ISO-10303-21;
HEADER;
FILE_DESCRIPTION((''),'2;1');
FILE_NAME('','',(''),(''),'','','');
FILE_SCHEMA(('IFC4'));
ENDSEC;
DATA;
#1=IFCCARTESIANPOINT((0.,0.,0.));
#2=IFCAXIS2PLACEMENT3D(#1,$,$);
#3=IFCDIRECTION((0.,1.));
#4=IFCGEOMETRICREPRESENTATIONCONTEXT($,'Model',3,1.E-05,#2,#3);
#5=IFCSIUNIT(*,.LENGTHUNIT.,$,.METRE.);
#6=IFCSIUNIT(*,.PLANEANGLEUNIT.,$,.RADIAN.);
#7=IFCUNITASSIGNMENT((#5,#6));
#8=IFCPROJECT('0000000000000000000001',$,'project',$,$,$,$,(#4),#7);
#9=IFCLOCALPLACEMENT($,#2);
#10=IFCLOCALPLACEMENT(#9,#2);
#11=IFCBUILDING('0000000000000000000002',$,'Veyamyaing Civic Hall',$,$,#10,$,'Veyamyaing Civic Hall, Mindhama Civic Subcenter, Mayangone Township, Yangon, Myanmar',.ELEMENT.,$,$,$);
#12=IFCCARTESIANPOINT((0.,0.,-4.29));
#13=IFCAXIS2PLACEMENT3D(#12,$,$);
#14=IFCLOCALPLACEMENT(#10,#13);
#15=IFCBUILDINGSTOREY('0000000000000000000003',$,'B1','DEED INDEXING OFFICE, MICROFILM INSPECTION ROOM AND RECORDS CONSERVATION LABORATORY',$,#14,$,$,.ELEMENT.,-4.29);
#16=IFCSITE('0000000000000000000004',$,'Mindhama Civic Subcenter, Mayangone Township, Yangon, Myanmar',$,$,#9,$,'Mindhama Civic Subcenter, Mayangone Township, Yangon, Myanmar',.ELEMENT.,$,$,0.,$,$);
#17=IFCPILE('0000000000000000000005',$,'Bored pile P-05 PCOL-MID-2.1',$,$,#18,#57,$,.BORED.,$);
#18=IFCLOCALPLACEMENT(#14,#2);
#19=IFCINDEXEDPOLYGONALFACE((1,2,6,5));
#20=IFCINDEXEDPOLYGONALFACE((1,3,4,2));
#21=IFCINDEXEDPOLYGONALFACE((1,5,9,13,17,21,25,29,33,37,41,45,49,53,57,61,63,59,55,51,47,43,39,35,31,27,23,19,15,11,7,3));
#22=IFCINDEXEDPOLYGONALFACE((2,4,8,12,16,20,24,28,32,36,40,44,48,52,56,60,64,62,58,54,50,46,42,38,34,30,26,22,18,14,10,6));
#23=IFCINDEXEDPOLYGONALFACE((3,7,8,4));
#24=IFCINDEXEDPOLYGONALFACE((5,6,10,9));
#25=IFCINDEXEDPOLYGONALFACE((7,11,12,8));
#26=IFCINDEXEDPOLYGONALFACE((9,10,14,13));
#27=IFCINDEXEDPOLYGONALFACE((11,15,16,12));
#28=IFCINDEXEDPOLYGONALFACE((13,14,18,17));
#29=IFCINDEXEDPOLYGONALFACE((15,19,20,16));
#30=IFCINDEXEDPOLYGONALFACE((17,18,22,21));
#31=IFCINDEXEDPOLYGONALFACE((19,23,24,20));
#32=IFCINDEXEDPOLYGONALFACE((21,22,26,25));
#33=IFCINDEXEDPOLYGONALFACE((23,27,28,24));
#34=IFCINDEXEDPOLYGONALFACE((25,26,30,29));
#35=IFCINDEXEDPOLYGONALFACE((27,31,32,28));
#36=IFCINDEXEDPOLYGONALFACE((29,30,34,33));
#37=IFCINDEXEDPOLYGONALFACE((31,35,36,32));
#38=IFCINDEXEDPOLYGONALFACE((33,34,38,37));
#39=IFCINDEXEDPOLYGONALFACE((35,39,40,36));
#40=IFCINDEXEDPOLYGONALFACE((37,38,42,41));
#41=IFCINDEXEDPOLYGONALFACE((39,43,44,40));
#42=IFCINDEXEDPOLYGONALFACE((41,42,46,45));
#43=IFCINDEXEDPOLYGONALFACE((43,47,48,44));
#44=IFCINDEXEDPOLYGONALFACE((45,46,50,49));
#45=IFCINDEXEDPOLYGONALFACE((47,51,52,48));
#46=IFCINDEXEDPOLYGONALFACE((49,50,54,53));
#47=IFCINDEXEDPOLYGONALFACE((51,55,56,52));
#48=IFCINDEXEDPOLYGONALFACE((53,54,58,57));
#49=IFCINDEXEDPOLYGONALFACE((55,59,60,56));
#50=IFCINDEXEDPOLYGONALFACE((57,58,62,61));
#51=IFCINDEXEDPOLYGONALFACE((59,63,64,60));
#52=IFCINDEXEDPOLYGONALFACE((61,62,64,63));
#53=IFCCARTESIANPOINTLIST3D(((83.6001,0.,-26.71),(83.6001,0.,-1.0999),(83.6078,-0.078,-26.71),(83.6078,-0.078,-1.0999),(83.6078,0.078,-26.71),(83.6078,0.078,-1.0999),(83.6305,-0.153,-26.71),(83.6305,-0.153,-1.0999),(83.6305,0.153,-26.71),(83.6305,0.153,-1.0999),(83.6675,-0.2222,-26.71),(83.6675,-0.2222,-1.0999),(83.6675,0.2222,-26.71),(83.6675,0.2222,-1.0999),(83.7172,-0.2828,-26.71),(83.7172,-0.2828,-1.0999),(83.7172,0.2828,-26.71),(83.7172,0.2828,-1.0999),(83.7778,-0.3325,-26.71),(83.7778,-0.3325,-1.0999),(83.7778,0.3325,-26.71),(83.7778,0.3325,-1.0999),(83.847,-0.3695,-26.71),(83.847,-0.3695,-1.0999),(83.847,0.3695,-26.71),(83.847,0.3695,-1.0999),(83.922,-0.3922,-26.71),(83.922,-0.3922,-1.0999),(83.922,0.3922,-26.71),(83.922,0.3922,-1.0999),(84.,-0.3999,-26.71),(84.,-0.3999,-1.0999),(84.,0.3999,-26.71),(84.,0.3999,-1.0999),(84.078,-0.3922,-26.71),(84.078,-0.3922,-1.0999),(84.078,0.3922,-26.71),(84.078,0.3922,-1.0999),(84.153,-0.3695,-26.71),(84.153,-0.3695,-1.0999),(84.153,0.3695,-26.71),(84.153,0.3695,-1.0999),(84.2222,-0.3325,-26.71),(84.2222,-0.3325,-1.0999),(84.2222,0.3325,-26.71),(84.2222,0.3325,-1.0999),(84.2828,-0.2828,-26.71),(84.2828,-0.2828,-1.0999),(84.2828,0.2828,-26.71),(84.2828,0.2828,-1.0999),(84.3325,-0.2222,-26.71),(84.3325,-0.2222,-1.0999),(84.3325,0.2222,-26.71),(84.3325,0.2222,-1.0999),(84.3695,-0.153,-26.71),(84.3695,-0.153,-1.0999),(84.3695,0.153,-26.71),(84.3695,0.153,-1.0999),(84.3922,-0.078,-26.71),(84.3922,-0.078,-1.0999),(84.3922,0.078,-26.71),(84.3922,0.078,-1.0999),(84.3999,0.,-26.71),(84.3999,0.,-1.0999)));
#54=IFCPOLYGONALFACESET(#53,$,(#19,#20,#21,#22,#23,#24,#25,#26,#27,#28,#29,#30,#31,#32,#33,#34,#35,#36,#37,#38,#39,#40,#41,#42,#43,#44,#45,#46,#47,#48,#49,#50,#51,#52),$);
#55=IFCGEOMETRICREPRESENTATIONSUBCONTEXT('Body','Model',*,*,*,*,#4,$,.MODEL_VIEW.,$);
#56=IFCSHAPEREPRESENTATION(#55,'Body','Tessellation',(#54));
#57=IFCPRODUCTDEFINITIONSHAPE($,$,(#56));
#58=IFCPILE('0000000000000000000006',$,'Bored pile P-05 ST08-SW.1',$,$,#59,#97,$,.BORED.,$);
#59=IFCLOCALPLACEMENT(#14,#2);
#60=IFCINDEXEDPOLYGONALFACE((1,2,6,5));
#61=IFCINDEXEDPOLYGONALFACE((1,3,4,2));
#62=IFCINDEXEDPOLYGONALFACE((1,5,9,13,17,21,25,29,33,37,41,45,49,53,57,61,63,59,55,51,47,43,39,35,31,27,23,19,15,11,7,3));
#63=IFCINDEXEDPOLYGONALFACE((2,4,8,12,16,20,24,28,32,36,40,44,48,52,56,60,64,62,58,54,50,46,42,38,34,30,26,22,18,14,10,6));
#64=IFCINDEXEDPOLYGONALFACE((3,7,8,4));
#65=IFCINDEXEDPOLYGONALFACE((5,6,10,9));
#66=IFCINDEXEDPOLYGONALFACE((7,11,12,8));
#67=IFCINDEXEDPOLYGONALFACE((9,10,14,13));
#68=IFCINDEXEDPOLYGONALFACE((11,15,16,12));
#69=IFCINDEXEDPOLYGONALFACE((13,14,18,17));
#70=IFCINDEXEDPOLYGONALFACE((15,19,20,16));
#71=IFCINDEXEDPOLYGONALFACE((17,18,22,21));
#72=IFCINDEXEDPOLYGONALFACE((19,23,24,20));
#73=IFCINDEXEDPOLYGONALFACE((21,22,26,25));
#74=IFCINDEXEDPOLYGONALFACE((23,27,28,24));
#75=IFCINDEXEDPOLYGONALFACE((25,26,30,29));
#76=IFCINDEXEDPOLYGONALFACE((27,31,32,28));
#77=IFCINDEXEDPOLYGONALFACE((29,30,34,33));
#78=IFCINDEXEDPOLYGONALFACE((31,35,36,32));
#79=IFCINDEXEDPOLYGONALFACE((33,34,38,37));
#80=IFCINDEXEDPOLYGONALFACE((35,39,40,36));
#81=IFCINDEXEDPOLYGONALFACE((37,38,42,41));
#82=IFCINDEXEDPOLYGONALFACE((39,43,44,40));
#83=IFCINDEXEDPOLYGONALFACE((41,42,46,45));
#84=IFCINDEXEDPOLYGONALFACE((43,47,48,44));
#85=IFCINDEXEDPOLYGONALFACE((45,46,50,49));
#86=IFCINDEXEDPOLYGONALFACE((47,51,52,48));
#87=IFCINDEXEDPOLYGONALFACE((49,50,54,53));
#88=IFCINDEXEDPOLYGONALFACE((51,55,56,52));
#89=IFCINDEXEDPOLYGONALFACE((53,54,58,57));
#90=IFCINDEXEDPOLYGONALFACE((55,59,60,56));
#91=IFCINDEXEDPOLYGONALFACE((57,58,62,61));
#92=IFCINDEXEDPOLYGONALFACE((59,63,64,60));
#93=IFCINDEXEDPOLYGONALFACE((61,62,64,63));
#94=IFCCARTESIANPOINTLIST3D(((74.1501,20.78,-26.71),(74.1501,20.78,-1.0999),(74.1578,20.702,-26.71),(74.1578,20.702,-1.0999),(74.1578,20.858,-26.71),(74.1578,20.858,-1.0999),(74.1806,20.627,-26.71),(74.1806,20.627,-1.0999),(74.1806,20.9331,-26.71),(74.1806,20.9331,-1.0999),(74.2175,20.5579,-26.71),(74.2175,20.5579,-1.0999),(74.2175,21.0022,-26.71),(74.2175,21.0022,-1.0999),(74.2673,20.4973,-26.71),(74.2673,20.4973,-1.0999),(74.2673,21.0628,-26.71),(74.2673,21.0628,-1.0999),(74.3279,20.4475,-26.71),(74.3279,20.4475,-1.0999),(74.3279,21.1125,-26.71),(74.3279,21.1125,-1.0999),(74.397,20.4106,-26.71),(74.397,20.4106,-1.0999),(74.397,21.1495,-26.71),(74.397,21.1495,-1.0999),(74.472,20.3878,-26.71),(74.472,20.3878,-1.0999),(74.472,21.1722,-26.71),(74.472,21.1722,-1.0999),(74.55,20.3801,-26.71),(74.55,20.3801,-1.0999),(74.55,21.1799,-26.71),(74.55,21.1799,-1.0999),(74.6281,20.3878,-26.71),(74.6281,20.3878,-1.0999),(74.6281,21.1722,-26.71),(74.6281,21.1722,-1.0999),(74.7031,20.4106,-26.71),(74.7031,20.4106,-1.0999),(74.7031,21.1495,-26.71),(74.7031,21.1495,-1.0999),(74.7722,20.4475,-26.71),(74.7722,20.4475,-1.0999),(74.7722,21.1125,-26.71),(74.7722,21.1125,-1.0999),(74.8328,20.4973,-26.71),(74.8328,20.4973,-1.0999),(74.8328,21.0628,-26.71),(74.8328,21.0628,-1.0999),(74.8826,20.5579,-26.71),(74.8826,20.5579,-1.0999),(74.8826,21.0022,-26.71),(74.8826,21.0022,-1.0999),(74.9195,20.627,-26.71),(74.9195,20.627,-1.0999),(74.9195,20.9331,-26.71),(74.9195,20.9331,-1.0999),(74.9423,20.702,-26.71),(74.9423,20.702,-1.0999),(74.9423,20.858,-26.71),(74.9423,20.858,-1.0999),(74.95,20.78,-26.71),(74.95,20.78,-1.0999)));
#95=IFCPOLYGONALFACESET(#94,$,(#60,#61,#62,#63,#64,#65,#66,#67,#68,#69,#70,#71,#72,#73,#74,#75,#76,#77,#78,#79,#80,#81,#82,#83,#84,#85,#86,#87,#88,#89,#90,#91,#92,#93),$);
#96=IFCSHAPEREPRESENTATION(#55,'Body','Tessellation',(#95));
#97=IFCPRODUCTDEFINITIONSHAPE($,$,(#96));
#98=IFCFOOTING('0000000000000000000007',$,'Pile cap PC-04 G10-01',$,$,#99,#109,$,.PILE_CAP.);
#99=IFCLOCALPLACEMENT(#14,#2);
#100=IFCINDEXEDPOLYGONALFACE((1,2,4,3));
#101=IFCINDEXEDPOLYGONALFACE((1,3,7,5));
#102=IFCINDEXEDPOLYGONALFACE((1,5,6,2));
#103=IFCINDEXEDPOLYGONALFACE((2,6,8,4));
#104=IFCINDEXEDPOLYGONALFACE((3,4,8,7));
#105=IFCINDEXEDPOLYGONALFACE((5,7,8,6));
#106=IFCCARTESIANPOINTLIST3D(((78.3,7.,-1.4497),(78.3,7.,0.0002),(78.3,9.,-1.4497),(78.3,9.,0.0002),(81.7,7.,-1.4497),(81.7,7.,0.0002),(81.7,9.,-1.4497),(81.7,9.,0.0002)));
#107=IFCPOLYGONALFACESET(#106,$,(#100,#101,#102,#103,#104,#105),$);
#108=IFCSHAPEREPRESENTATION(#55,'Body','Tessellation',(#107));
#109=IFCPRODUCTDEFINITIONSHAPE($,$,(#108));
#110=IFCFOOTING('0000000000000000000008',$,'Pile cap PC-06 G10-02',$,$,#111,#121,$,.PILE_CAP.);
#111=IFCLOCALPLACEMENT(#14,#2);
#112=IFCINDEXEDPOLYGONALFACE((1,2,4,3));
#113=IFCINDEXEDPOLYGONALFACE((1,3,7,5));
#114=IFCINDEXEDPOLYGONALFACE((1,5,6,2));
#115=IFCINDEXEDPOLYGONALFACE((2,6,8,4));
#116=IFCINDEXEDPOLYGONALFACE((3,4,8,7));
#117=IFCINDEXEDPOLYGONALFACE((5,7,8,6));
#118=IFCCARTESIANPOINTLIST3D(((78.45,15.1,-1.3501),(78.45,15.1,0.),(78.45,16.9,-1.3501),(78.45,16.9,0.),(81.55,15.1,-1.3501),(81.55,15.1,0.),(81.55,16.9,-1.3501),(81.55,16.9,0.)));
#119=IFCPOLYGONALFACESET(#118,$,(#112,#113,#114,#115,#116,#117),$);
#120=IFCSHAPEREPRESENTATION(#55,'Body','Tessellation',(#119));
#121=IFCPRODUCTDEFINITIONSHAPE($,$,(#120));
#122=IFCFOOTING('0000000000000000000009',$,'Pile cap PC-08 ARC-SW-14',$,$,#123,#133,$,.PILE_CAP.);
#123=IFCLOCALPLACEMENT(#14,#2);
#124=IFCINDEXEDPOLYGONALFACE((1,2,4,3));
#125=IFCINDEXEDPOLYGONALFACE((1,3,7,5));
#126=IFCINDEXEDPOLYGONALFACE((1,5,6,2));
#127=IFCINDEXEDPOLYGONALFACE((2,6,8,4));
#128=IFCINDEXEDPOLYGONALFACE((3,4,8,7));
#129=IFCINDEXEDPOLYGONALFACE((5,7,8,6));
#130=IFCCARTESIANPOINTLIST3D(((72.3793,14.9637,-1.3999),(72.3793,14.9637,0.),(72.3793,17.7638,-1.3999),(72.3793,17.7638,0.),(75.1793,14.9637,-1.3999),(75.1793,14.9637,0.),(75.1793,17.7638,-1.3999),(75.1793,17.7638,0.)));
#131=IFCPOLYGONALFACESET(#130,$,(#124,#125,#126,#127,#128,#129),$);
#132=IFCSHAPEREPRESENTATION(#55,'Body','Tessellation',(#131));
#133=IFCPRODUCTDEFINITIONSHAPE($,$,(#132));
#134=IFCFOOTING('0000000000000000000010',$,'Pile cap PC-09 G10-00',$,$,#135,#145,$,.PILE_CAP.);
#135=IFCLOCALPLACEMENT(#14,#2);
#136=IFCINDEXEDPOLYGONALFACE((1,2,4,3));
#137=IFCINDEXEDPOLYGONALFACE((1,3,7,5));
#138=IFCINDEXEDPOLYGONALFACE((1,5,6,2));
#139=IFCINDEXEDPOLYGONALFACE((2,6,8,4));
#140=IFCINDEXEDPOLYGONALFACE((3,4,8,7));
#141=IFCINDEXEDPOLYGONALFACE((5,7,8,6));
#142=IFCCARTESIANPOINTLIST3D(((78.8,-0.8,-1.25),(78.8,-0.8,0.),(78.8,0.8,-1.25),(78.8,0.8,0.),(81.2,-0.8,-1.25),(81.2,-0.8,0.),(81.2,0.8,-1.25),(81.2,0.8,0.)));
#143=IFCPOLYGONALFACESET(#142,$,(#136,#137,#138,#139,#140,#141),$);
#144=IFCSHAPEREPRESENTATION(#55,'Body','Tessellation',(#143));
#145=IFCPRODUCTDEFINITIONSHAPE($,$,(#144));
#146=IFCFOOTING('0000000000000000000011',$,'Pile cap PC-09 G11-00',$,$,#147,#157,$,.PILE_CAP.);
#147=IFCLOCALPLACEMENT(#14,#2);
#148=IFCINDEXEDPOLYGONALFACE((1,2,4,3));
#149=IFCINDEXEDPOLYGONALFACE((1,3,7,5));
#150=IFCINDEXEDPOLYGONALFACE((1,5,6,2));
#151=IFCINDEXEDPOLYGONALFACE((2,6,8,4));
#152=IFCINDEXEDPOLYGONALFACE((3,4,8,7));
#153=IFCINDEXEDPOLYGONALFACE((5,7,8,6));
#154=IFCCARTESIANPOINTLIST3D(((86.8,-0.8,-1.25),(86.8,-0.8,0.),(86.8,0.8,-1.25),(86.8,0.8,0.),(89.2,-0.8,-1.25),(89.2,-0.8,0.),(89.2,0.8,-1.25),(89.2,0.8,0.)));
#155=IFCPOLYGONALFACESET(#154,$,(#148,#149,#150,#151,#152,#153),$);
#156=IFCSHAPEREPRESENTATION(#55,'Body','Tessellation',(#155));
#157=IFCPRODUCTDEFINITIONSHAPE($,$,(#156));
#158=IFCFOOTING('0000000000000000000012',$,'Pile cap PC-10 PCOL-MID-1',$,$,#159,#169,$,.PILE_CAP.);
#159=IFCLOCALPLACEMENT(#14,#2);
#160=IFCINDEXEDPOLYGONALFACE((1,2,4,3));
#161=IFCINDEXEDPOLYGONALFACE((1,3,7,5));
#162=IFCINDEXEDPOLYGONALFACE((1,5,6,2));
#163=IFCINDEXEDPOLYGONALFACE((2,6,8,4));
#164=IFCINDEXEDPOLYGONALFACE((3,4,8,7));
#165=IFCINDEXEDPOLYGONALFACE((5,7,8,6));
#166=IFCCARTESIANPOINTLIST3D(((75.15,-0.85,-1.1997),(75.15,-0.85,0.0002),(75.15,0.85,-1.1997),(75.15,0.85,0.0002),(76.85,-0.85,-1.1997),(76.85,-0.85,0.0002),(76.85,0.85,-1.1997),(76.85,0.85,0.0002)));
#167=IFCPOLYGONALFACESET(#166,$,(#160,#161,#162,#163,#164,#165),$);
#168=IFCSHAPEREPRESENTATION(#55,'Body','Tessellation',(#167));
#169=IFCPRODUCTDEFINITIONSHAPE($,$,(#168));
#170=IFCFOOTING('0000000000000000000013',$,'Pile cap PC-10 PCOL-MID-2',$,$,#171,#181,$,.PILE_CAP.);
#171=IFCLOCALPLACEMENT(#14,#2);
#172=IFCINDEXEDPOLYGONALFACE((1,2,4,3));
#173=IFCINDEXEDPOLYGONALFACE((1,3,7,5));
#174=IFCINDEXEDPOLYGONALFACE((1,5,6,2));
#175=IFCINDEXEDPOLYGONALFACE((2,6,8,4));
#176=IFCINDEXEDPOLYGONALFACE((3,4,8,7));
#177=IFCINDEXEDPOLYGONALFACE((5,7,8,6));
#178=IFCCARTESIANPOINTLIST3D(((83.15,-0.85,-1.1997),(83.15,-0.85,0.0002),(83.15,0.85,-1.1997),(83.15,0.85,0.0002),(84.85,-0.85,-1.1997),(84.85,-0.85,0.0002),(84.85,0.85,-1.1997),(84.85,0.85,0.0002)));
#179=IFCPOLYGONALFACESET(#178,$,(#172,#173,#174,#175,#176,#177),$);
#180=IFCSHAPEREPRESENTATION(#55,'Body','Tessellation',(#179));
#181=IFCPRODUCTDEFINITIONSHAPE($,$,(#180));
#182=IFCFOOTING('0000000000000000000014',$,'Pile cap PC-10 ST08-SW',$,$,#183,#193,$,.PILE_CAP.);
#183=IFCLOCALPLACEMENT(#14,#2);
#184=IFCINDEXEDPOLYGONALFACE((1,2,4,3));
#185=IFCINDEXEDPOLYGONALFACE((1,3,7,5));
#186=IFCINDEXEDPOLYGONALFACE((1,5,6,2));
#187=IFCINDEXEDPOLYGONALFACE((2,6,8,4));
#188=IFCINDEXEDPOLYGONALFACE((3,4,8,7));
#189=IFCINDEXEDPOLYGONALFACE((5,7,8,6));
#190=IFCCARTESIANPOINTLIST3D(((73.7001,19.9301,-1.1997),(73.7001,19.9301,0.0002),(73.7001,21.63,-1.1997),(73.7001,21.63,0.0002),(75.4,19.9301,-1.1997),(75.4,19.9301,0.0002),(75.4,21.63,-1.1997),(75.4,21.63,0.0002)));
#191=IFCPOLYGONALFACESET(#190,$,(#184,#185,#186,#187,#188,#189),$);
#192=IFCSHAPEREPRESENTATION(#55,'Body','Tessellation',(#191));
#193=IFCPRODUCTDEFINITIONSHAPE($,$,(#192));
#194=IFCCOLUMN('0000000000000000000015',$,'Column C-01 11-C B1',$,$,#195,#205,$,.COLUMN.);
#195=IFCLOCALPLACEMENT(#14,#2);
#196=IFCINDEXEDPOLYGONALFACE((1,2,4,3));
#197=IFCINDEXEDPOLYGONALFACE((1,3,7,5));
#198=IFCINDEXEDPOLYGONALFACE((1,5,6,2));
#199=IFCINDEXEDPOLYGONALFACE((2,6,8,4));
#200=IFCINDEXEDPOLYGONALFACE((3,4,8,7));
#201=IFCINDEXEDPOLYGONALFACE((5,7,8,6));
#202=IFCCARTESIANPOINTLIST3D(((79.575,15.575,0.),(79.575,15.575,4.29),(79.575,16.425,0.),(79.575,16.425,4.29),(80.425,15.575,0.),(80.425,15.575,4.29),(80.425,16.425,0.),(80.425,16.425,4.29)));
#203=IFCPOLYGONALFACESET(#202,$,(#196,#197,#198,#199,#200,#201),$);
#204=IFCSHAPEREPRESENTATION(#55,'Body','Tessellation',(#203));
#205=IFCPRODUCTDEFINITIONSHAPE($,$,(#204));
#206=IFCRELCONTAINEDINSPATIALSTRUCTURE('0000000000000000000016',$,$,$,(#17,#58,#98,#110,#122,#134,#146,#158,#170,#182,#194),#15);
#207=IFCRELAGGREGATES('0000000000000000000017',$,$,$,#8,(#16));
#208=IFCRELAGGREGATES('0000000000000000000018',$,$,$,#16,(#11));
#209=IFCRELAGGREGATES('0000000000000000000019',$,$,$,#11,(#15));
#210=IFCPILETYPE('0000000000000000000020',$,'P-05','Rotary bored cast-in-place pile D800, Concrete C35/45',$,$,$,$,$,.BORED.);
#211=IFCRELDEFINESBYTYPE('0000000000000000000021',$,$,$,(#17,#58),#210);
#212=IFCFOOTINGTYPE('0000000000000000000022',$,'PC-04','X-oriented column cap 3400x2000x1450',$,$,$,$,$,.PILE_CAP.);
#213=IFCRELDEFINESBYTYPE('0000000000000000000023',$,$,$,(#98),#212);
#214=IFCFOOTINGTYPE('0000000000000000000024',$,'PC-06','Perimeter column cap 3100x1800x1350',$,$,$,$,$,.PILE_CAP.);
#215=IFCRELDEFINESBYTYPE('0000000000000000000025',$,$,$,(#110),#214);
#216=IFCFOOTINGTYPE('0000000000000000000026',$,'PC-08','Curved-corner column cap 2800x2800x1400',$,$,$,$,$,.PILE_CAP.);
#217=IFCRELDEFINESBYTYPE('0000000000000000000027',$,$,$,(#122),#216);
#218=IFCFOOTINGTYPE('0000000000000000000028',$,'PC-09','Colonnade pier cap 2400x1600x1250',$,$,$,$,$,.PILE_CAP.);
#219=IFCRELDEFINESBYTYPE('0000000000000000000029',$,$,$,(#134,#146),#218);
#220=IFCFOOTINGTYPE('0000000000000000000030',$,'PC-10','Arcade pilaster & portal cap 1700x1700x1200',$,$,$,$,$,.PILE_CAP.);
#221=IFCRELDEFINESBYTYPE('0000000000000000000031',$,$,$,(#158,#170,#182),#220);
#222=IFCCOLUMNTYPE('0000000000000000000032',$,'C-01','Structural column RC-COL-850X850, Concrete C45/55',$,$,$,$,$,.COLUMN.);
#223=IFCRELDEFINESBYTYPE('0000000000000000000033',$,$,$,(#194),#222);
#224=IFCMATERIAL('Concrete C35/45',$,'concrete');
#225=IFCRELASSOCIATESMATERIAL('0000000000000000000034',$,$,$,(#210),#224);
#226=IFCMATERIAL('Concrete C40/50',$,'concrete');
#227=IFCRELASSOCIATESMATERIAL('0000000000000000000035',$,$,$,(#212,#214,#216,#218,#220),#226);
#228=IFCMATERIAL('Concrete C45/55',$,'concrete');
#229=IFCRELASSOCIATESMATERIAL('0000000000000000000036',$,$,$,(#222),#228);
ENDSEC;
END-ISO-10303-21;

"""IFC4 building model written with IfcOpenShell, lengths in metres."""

from ifc_helpers import new_model, si_unit, direction, frame, origin, origin_2d, place, context, subcontext, project, spatial, rectangle, circle, extrude, material, material_profile, profile_set, type_object, element, save


model = new_model("IFC4")

# Units and contexts
model_context = context("Model", 3, precision=1e-05, world=origin(), true_north=direction((0.0, 1.0)))
body_context = subcontext(model_context, "Body", "Model", "MODEL_VIEW")
ifc_project = project(units=[si_unit("LENGTHUNIT", "METRE"), si_unit("PLANEANGLEUNIT", "RADIAN")], contexts=[model_context])

# Site, building, storey
site_placement = place(None, origin())
site = spatial("IfcSite", under=ifc_project, at=site_placement, Name="Mindhama Civic Subcenter, Mayangone Township, Yangon, Myanmar", LongName="Mindhama Civic Subcenter, Mayangone Township, Yangon, Myanmar", CompositionType="ELEMENT", RefElevation=0.0)
building_placement = place(site_placement, origin())
building = spatial("IfcBuilding", under=site, at=building_placement, Name="Veyamyaing Civic Hall", LongName="Veyamyaing Civic Hall, Mindhama Civic Subcenter, Mayangone Township, Yangon, Myanmar", CompositionType="ELEMENT")
storey_placement = place(building_placement, frame((0.0, 0.0, -4.29)))
storey = spatial("IfcBuildingStorey", under=building, at=storey_placement, Name="B1", Description="DEED INDEXING OFFICE, MICROFILM INSPECTION ROOM AND RECORDS CONSERVATION LABORATORY", CompositionType="ELEMENT", Elevation=-4.29)

# Shared definitions
ifc_material_1 = material(Name="Concrete C40/50", Category="concrete")

# Piles
ifc_material_2 = material(Name="Concrete C35/45", Category="concrete")
ifc_material_profile_1 = material_profile(ifc_material_2, circle(Radius=0.3999, at=origin_2d()), Name="PILE-D800")
ifc_profile_set_1 = profile_set([ifc_material_profile_1], Name="Concrete C35/45")
pile_type_1 = type_object("IfcPileType", Name="P-05", Description="Rotary bored cast-in-place pile D800, Concrete C35/45", PredefinedType="BORED", material=ifc_profile_set_1)
for number, where, z_axis, x_axis, name in (
    (1, (84.0, 0.0, -1.0999), (0.0, 0.0, -1.0), (1.0, 0.0, 0.0), "Bored pile P-05 PCOL-MID-2.1"),
    (2, (74.55, 20.78, -1.0999), (0.0, 0.0, -1.0), (1.0, 0.0, 0.0), "Bored pile P-05 ST08-SW.1"),
):
    element("IfcPile", number, at=place(storey_placement, frame(where, z_axis=z_axis, x_axis=x_axis)), inside=storey, type_object=pile_type_1, Name=name, PredefinedType="BORED", context=body_context, shape_type="SweptSolid", body=[
        extrude(circle(Radius=0.3999, at=origin_2d()), origin(), (0.0, 0.0, 1.0), 25.6101),
    ])

# Footings
footing_type_1 = type_object("IfcFootingType", Name="PC-04", Description="X-oriented column cap 3400x2000x1450", PredefinedType="PILE_CAP", material=ifc_material_1)
footing_1_placement = place(storey_placement, frame((80.0, 8.0, -1.4497), z_axis=(0.0, 0.0, 1.0), x_axis=(1.0, 0.0, 0.0)))
element("IfcFooting", 3, at=footing_1_placement, inside=storey, type_object=footing_type_1, Name="Pile cap PC-04 G10-01", PredefinedType="PILE_CAP", context=body_context, shape_type="SweptSolid", body=[
    extrude(rectangle(XDim=3.3999, YDim=2.0, at=origin_2d()), origin(), (0.0, 0.0, 1.0), 1.45),
])
footing_type_2 = type_object("IfcFootingType", Name="PC-06", Description="Perimeter column cap 3100x1800x1350", PredefinedType="PILE_CAP", material=ifc_material_1)
footing_2_placement = place(storey_placement, frame((80.0, 16.0, -1.3501), z_axis=(0.0, 0.0, 1.0), x_axis=(1.0, 0.0, 0.0)))
element("IfcFooting", 4, at=footing_2_placement, inside=storey, type_object=footing_type_2, Name="Pile cap PC-06 G10-02", PredefinedType="PILE_CAP", context=body_context, shape_type="SweptSolid", body=[
    extrude(rectangle(XDim=3.1001, YDim=1.8, at=origin_2d()), origin(), (0.0, 0.0, 1.0), 1.3501),
])
footing_type_3 = type_object("IfcFootingType", Name="PC-08", Description="Curved-corner column cap 2800x2800x1400", PredefinedType="PILE_CAP", material=ifc_material_1)
footing_3_placement = place(storey_placement, frame((73.7793, 16.3638, -1.3999), z_axis=(0.0, 0.0, 1.0), x_axis=(1.0, 0.0, 0.0)))
element("IfcFooting", 5, at=footing_3_placement, inside=storey, type_object=footing_type_3, Name="Pile cap PC-08 ARC-SW-14", PredefinedType="PILE_CAP", context=body_context, shape_type="SweptSolid", body=[
    extrude(rectangle(XDim=2.8, YDim=2.8, at=origin_2d()), origin(), (0.0, 0.0, 1.0), 1.3999),
])
footing_type_4 = type_object("IfcFootingType", Name="PC-09", Description="Colonnade pier cap 2400x1600x1250", PredefinedType="PILE_CAP", material=ifc_material_1)
for number, where, z_axis, x_axis, name in (
    (6, (80.0, 0.0, -1.25), (0.0, 0.0, 1.0), (1.0, 0.0, 0.0), "Pile cap PC-09 G10-00"),
    (7, (88.0, 0.0, -1.25), (0.0, 0.0, 1.0), (1.0, 0.0, 0.0), "Pile cap PC-09 G11-00"),
):
    element("IfcFooting", number, at=place(storey_placement, frame(where, z_axis=z_axis, x_axis=x_axis)), inside=storey, type_object=footing_type_4, Name=name, PredefinedType="PILE_CAP", context=body_context, shape_type="SweptSolid", body=[
        extrude(rectangle(XDim=2.3999, YDim=1.6001, at=origin_2d()), origin(), (0.0, 0.0, 1.0), 1.25),
    ])
footing_type_5 = type_object("IfcFootingType", Name="PC-10", Description="Arcade pilaster & portal cap 1700x1700x1200", PredefinedType="PILE_CAP", material=ifc_material_1)
for number, where, z_axis, x_axis, name in (
    (8, (76.0, 0.0, -1.1997), (0.0, 0.0, 1.0), (1.0, 0.0, 0.0), "Pile cap PC-10 PCOL-MID-1"),
    (9, (84.0, 0.0, -1.1997), (0.0, 0.0, 1.0), (1.0, 0.0, 0.0), "Pile cap PC-10 PCOL-MID-2"),
    (10, (74.55, 20.78, -1.1997), (0.0, 0.0, 1.0), (1.0, 0.0, 0.0), "Pile cap PC-10 ST08-SW"),
):
    element("IfcFooting", number, at=place(storey_placement, frame(where, z_axis=z_axis, x_axis=x_axis)), inside=storey, type_object=footing_type_5, Name=name, PredefinedType="PILE_CAP", context=body_context, shape_type="SweptSolid", body=[
        extrude(rectangle(XDim=1.7, YDim=1.7, at=origin_2d()), origin(), (0.0, 0.0, 1.0), 1.2),
    ])

# Column
ifc_material_3 = material(Name="Concrete C45/55", Category="concrete")
ifc_material_profile_2 = material_profile(ifc_material_3, rectangle(XDim=0.8501, YDim=0.8501, at=origin_2d()), Name="RC-COL-850X850")
ifc_profile_set_2 = profile_set([ifc_material_profile_2], Name="Concrete C45/55")
column_type_1 = type_object("IfcColumnType", Name="C-01", Description="Structural column RC-COL-850X850, Concrete C45/55", PredefinedType="COLUMN", material=ifc_profile_set_2)
column_1_placement = place(storey_placement, frame((80.0, 16.0, 0.0), z_axis=(0.0, 0.0, 1.0), x_axis=(1.0, 0.0, 0.0)))
element("IfcColumn", 11, at=column_1_placement, inside=storey, type_object=column_type_1, Name="Column C-01 11-C B1", PredefinedType="COLUMN", context=body_context, shape_type="SweptSolid", body=[
    extrude(rectangle(XDim=0.8501, YDim=0.8501, at=origin_2d()), origin(), (0.0, 0.0, 1.0), 4.29),
])

save(model, "model.ifc")
